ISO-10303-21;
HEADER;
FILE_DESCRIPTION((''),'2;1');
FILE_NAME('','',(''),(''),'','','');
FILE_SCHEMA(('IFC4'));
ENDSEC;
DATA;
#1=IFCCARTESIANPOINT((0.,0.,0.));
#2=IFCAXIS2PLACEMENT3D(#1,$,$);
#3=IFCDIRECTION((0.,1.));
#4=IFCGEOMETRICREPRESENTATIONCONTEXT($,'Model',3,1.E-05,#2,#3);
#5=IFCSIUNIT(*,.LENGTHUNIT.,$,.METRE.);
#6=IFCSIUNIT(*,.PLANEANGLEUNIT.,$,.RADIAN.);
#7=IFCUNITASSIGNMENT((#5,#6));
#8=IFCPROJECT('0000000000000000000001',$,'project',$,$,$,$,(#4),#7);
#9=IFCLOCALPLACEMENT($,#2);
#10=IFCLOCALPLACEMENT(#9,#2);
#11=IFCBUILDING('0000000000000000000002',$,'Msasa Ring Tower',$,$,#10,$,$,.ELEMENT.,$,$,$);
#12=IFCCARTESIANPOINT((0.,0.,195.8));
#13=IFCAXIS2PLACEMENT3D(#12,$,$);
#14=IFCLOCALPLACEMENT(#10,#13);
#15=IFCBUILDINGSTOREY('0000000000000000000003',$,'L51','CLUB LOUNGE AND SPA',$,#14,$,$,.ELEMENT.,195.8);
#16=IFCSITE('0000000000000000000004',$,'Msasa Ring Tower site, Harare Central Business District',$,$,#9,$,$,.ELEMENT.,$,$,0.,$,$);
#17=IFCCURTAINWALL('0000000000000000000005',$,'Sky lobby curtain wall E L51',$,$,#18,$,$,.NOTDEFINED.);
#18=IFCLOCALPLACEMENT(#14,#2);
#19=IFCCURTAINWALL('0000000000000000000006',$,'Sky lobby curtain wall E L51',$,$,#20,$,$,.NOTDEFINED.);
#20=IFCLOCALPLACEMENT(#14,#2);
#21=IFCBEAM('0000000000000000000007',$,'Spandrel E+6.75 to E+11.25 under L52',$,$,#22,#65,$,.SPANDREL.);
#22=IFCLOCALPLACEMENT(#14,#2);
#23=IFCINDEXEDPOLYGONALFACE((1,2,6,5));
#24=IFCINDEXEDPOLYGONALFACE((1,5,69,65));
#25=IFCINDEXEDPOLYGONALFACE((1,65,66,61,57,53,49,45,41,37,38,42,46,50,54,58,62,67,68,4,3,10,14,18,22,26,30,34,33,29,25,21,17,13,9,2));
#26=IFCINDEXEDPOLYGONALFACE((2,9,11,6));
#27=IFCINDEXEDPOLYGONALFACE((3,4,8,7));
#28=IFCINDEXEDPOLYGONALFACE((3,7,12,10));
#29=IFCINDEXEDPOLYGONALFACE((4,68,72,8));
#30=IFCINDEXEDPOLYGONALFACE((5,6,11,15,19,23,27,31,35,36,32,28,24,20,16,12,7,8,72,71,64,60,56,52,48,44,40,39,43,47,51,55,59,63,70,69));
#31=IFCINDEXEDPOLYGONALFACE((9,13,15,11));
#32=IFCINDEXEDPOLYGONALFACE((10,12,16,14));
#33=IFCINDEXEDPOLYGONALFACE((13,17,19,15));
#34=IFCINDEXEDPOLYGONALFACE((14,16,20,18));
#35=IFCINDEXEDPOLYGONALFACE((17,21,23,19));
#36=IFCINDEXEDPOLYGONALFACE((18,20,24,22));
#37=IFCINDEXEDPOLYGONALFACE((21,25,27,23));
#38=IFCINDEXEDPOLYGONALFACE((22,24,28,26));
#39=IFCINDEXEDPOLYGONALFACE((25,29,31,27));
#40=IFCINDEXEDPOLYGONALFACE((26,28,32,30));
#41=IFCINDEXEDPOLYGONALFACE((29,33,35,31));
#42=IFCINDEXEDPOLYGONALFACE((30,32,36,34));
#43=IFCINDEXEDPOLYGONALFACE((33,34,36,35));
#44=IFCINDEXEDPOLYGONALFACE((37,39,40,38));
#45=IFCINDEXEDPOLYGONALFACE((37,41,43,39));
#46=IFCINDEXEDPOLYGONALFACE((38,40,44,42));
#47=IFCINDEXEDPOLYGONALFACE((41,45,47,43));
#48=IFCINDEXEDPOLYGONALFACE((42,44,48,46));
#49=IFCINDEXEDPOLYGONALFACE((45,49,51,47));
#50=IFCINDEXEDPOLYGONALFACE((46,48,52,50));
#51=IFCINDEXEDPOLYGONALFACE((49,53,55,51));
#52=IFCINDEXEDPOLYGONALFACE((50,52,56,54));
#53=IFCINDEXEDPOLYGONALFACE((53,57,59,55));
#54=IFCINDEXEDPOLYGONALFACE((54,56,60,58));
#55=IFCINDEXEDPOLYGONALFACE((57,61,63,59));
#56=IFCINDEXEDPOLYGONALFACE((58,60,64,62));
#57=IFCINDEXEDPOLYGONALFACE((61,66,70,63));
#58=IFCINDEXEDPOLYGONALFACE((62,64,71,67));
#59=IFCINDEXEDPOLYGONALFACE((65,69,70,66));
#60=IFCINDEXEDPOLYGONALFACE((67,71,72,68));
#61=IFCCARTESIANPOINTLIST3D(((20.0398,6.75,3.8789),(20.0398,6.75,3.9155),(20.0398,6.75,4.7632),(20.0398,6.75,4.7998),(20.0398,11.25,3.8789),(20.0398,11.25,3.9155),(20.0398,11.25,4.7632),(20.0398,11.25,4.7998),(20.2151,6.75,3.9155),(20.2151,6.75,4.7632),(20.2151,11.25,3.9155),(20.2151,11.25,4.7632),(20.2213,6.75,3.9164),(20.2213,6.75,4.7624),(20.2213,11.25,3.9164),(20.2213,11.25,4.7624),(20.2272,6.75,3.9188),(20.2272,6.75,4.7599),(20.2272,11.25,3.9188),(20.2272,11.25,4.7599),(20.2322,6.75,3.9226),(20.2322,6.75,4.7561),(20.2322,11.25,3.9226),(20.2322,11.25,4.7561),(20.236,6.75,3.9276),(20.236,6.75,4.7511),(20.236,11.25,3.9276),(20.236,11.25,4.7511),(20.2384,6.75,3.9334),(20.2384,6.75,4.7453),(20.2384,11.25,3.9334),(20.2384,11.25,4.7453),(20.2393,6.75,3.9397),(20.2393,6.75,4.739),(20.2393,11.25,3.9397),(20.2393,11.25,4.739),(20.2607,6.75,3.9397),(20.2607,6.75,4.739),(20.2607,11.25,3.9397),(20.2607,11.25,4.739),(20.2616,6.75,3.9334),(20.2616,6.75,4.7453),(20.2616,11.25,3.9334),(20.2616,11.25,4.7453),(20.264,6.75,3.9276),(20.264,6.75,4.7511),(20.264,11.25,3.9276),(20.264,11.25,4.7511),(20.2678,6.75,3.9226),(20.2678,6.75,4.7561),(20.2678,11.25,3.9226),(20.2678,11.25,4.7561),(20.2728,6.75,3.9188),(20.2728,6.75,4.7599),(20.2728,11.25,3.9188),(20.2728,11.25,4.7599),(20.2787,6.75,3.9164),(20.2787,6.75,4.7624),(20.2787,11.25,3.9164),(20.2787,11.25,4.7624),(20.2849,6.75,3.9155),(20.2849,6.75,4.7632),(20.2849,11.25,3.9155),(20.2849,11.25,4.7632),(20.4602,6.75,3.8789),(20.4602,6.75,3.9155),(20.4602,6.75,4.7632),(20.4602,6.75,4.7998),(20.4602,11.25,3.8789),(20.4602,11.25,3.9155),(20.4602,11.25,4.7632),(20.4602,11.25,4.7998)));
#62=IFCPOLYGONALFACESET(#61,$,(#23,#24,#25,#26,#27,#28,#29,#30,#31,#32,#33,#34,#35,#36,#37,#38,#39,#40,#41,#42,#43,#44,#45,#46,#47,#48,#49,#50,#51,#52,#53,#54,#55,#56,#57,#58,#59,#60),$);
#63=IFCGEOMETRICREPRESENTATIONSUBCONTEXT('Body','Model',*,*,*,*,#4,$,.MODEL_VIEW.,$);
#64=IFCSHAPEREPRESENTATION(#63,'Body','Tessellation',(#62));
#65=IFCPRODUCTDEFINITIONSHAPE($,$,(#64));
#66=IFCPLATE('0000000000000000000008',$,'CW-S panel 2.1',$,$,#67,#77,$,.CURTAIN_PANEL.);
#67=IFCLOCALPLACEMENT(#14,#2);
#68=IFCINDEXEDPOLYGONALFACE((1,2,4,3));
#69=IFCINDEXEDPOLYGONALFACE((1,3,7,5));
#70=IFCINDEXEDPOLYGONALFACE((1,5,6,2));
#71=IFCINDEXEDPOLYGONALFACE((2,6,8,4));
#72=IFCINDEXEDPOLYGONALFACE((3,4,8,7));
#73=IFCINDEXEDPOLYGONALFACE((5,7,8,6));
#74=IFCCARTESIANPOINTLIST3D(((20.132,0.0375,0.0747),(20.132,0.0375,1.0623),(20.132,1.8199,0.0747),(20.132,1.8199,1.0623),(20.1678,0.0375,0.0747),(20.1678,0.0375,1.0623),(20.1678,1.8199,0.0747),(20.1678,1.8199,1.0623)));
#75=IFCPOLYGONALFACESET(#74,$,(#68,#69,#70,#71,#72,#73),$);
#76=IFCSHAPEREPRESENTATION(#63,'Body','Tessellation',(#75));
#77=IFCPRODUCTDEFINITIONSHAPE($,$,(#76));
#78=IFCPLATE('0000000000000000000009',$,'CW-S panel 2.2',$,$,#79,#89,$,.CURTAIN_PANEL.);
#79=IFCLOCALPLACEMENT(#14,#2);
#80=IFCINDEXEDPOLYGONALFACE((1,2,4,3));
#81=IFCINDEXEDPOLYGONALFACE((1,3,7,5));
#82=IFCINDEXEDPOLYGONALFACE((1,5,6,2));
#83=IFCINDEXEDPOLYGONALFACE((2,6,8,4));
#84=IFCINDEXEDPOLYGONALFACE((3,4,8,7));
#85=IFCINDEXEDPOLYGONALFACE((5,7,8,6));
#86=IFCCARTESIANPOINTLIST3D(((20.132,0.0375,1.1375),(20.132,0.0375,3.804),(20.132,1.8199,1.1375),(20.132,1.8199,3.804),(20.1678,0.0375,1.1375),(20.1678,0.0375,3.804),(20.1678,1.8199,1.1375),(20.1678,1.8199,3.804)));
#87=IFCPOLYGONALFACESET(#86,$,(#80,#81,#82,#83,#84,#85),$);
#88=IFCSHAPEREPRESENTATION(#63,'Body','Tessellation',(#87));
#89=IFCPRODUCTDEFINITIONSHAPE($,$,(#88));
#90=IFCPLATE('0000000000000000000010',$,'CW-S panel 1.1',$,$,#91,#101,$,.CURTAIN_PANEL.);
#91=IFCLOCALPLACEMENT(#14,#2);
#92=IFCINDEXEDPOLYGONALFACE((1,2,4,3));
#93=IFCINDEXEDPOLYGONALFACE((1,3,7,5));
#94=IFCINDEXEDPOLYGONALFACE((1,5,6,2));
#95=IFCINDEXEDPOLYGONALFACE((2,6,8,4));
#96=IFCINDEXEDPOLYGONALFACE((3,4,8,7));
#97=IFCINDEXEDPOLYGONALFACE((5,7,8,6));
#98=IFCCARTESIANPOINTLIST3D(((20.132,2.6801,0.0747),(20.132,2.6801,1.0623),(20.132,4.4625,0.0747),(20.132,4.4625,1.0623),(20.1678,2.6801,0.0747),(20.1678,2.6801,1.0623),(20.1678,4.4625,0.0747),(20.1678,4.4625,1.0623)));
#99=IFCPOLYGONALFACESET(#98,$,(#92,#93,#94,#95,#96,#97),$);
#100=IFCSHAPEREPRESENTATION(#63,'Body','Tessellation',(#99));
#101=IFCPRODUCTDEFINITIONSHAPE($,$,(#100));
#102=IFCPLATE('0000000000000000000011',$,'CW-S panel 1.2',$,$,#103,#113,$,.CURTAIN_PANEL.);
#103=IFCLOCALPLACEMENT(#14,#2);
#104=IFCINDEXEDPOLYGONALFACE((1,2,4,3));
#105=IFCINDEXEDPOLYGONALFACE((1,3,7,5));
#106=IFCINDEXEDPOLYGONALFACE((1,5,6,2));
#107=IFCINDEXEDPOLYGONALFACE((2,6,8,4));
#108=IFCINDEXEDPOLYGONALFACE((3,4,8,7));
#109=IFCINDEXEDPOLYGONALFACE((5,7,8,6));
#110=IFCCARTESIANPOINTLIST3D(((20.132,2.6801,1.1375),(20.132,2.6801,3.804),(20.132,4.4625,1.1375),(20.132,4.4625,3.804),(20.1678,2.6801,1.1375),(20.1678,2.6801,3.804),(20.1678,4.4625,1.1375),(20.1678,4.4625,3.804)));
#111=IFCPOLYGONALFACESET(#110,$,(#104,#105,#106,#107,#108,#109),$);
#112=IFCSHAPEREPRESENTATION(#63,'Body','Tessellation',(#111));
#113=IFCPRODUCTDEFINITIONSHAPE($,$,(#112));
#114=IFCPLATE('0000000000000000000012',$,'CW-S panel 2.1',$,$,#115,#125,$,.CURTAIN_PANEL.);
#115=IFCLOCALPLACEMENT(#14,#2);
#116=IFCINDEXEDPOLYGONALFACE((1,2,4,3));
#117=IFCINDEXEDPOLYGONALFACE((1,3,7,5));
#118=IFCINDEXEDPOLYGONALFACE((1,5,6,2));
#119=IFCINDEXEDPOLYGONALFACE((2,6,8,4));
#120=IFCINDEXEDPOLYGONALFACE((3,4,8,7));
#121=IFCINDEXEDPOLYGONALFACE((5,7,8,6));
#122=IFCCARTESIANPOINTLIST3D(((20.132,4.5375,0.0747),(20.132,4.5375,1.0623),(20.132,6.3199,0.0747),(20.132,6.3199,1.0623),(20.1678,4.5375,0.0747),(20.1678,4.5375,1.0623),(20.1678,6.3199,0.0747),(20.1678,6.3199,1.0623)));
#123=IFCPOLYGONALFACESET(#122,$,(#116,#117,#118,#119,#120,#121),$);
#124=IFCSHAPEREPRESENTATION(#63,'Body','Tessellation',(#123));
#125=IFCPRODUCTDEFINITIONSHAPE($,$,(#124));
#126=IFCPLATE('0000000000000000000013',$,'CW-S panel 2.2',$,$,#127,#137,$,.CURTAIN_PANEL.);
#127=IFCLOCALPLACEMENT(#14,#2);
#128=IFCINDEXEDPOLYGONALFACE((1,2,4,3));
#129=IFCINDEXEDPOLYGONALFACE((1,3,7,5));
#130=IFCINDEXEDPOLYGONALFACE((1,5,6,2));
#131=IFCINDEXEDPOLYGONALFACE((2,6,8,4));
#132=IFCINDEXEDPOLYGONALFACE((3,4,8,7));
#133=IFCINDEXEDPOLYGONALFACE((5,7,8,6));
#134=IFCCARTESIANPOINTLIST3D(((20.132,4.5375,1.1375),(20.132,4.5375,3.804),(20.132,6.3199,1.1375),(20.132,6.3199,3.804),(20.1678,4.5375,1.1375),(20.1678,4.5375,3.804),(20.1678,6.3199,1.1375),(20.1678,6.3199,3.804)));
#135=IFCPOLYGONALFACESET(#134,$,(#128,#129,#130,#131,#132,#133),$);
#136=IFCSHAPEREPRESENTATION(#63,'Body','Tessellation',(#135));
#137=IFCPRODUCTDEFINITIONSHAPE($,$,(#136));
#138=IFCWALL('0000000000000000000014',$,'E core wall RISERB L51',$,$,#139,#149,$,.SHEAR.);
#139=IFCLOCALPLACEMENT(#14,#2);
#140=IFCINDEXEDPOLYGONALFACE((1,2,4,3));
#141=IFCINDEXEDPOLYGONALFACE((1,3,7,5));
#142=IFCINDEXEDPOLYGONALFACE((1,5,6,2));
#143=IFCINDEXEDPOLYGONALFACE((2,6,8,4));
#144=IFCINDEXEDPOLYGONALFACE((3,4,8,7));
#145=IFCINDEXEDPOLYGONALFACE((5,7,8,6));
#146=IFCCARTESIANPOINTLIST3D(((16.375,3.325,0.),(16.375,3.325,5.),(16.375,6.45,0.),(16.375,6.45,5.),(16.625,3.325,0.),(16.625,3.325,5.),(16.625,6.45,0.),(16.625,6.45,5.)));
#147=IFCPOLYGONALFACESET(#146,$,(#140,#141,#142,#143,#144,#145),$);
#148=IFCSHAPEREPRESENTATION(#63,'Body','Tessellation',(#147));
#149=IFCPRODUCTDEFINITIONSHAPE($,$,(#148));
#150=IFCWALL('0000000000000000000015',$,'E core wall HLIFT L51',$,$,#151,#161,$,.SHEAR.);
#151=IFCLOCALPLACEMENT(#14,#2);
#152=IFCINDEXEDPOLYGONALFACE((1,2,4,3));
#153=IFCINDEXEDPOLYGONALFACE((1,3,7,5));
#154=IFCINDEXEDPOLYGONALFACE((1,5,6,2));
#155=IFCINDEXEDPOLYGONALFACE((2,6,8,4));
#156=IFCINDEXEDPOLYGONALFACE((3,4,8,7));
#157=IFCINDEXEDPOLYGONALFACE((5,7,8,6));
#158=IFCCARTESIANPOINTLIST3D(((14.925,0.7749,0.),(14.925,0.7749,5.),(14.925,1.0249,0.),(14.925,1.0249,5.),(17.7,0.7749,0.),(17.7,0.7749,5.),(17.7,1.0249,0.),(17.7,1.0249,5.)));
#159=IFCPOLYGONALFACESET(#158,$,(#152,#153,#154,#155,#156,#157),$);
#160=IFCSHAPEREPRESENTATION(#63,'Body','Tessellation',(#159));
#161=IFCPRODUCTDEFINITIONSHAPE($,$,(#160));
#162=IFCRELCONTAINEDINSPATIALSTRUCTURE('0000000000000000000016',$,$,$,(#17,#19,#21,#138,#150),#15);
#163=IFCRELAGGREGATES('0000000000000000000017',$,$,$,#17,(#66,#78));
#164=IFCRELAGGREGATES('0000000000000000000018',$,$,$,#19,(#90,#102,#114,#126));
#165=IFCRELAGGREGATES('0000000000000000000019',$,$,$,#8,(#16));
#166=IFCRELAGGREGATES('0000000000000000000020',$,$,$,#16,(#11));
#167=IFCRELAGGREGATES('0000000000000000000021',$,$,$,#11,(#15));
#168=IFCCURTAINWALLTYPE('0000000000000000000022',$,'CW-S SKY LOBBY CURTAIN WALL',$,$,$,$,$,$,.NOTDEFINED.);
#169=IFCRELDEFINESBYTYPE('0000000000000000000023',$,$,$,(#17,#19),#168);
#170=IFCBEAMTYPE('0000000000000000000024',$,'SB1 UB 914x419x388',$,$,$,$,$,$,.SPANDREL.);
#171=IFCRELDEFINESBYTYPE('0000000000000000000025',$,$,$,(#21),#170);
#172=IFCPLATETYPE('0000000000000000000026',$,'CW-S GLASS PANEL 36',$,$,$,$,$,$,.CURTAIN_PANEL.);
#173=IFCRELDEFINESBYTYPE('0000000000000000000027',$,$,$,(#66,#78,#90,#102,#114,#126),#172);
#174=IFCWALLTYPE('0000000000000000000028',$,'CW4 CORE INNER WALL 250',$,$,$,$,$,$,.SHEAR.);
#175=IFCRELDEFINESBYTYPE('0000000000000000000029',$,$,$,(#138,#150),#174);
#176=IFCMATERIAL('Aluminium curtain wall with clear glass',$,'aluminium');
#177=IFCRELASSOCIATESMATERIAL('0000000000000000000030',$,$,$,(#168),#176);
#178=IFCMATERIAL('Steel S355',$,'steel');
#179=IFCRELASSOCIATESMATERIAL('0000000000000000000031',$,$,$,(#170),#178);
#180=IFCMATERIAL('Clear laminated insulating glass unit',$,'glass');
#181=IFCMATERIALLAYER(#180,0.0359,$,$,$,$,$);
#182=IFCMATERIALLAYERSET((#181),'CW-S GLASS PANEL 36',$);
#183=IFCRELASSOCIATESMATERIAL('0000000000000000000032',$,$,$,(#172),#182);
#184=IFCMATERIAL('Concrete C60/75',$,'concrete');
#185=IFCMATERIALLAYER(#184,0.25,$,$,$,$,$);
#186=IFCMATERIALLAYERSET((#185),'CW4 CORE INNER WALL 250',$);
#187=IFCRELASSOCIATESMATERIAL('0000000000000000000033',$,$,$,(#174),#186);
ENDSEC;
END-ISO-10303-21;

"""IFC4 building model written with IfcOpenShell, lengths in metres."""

from ifc_helpers import new_model, si_unit, direction, frame, frame_2d, origin, origin_2d, place, context, subcontext, project, spatial, rectangle, i_section, extrude, material, layer, layer_set, material_profile, profile_set, type_object, element, aggregate, save


model = new_model("IFC4")

# Units and contexts
model_context = context("Model", 3, precision=1e-05, world=origin(), true_north=direction((0.0, 1.0)))
body_context = subcontext(model_context, "Body", "Model", "MODEL_VIEW")
ifc_project = project(units=[si_unit("LENGTHUNIT", "METRE"), si_unit("PLANEANGLEUNIT", "RADIAN")], contexts=[model_context])

# Site, building, storey
site_placement = place(None, origin())
site = spatial("IfcSite", under=ifc_project, at=site_placement, Name="Msasa Ring Tower site, Harare Central Business District", CompositionType="ELEMENT", RefElevation=0.0)
building_placement = place(site_placement, origin())
building = spatial("IfcBuilding", under=site, at=building_placement, Name="Msasa Ring Tower", CompositionType="ELEMENT")
storey_placement = place(building_placement, frame((0.0, 0.0, 195.8)))
storey = spatial("IfcBuildingStorey", under=building, at=storey_placement, Name="L51", Description="CLUB LOUNGE AND SPA", CompositionType="ELEMENT", Elevation=195.8)

# Curtain walls
ifc_material_1 = material(Name="Aluminium curtain wall with clear glass", Category="aluminium")
curtain_wall_type = type_object("IfcCurtainWallType", Name="CW-S SKY LOBBY CURTAIN WALL", PredefinedType="NOTDEFINED", material=ifc_material_1)
curtain_wall_1_placement = place(storey_placement, origin())
curtain_wall_1 = element("IfcCurtainWall", 1, at=curtain_wall_1_placement, inside=storey, type_object=curtain_wall_type, Name="Sky lobby curtain wall E L51", PredefinedType="NOTDEFINED")
curtain_wall_2_placement = place(storey_placement, origin())
curtain_wall_2 = element("IfcCurtainWall", 2, at=curtain_wall_2_placement, inside=storey, type_object=curtain_wall_type, Name="Sky lobby curtain wall E L51", PredefinedType="NOTDEFINED")

# Beam
ifc_material_2 = material(Name="Steel S355", Category="steel")
ifc_material_profile_1 = material_profile(ifc_material_2, i_section(OverallWidth=0.4204, OverallDepth=0.9209, WebThickness=0.0215, FlangeThickness=0.0366, FilletRadius=0.0242, at=origin_2d()), Name="UB 914x419x388")
ifc_profile_set_1 = profile_set([ifc_material_profile_1], Name="Steel S355")
beam_type_1 = type_object("IfcBeamType", Name="SB1 UB 914x419x388", PredefinedType="SPANDREL", material=ifc_profile_set_1)
for number, where, z_axis, x_axis, name in (
    (3, (20.25, 6.75, 4.3394), (0.0, 1.0, 0.0), (-1.0, 0.0, 0.0), "Spandrel E+6.75 to E+11.25 under L52"),
):
    element("IfcBeam", number, at=place(storey_placement, frame(where, z_axis=z_axis, x_axis=x_axis)), inside=storey, type_object=beam_type_1, Name=name, PredefinedType="SPANDREL", context=body_context, shape_type="SweptSolid", body=[
        extrude(i_section(OverallWidth=0.4204, OverallDepth=0.9209, WebThickness=0.0215, FlangeThickness=0.0366, FilletRadius=0.0242, at=origin_2d()), origin(), (0.0, 0.0, 1.0), 4.5),
    ])

# Plates
ifc_material_3 = material(Name="Clear laminated insulating glass unit", Category="glass")
ifc_layer_1 = layer(ifc_material_3, 0.0359)
ifc_layer_set_1 = layer_set([ifc_layer_1], Name="CW-S GLASS PANEL 36")
plate_type = type_object("IfcPlateType", Name="CW-S GLASS PANEL 36", PredefinedType="CURTAIN_PANEL", material=ifc_layer_set_1)
plate_1_placement = place(storey_placement, frame((20.1499, 0.9287, 0.0747), z_axis=(0.0, 0.0, 1.0), x_axis=(0.0, 1.0, 0.0)))
plate_1 = element("IfcPlate", 4, at=plate_1_placement, type_object=plate_type, Name="CW-S panel 2.1", PredefinedType="CURTAIN_PANEL", context=body_context, shape_type="SweptSolid", body=[
    extrude(rectangle(XDim=1.7825, YDim=0.0359, at=origin_2d()), origin(), (0.0, 0.0, 1.0), 0.9875),
])
plate_2_placement = place(storey_placement, frame((20.1499, 0.9287, 1.1375), z_axis=(0.0, 0.0, 1.0), x_axis=(0.0, 1.0, 0.0)))
plate_2 = element("IfcPlate", 5, at=plate_2_placement, type_object=plate_type, Name="CW-S panel 2.2", PredefinedType="CURTAIN_PANEL", context=body_context, shape_type="SweptSolid", body=[
    extrude(rectangle(XDim=1.7825, YDim=0.0359, at=origin_2d()), origin(), (0.0, 0.0, 1.0), 2.6665),
])
aggregate(curtain_wall_1, [plate_1, plate_2])
plate_3_placement = place(storey_placement, frame((20.1499, 3.5713, 0.0747), z_axis=(0.0, 0.0, 1.0), x_axis=(0.0, 1.0, 0.0)))
plate_3 = element("IfcPlate", 6, at=plate_3_placement, type_object=plate_type, Name="CW-S panel 1.1", PredefinedType="CURTAIN_PANEL", context=body_context, shape_type="SweptSolid", body=[
    extrude(rectangle(XDim=1.7825, YDim=0.0359, at=origin_2d()), origin(), (0.0, 0.0, 1.0), 0.9875),
])
plate_4_placement = place(storey_placement, frame((20.1499, 3.5713, 1.1375), z_axis=(0.0, 0.0, 1.0), x_axis=(0.0, 1.0, 0.0)))
plate_4 = element("IfcPlate", 7, at=plate_4_placement, type_object=plate_type, Name="CW-S panel 1.2", PredefinedType="CURTAIN_PANEL", context=body_context, shape_type="SweptSolid", body=[
    extrude(rectangle(XDim=1.7825, YDim=0.0359, at=origin_2d()), origin(), (0.0, 0.0, 1.0), 2.6665),
])
plate_5_placement = place(storey_placement, frame((20.1499, 5.4287, 0.0747), z_axis=(0.0, 0.0, 1.0), x_axis=(0.0, 1.0, 0.0)))
plate_5 = element("IfcPlate", 8, at=plate_5_placement, type_object=plate_type, Name="CW-S panel 2.1", PredefinedType="CURTAIN_PANEL", context=body_context, shape_type="SweptSolid", body=[
    extrude(rectangle(XDim=1.7825, YDim=0.0359, at=origin_2d()), origin(), (0.0, 0.0, 1.0), 0.9875),
])
plate_6_placement = place(storey_placement, frame((20.1499, 5.4287, 1.1375), z_axis=(0.0, 0.0, 1.0), x_axis=(0.0, 1.0, 0.0)))
plate_6 = element("IfcPlate", 9, at=plate_6_placement, type_object=plate_type, Name="CW-S panel 2.2", PredefinedType="CURTAIN_PANEL", context=body_context, shape_type="SweptSolid", body=[
    extrude(rectangle(XDim=1.7825, YDim=0.0359, at=origin_2d()), origin(), (0.0, 0.0, 1.0), 2.6665),
])
aggregate(curtain_wall_2, [plate_3, plate_4, plate_5, plate_6])

# Walls
ifc_material_4 = material(Name="Concrete C60/75", Category="concrete")
ifc_layer_2 = layer(ifc_material_4, 0.25)
ifc_layer_set_2 = layer_set([ifc_layer_2], Name="CW4 CORE INNER WALL 250")
wall_type = type_object("IfcWallType", Name="CW4 CORE INNER WALL 250", PredefinedType="SHEAR", material=ifc_layer_set_2)
wall_1_placement = place(storey_placement, frame((16.5, 3.325, 0.0), z_axis=(0.0, 0.0, 1.0), x_axis=(0.0, 1.0, 0.0)))
element("IfcWall", 10, at=wall_1_placement, inside=storey, type_object=wall_type, Name="E core wall RISERB L51", PredefinedType="SHEAR", context=body_context, shape_type="SweptSolid", body=[
    extrude(rectangle(XDim=3.125, YDim=0.25, at=frame_2d((1.5625, 0.0))), origin(), (0.0, 0.0, 1.0), 5.0),
])
wall_2_placement = place(storey_placement, frame((14.925, 0.8999, 0.0), z_axis=(0.0, 0.0, 1.0), x_axis=(1.0, 0.0, 0.0)))
element("IfcWall", 11, at=wall_2_placement, inside=storey, type_object=wall_type, Name="E core wall HLIFT L51", PredefinedType="SHEAR", context=body_context, shape_type="SweptSolid", body=[
    extrude(rectangle(XDim=2.7749, YDim=0.25, at=frame_2d((1.3875, 0.0))), origin(), (0.0, 0.0, 1.0), 5.0),
])

save(model, "model.ifc")
